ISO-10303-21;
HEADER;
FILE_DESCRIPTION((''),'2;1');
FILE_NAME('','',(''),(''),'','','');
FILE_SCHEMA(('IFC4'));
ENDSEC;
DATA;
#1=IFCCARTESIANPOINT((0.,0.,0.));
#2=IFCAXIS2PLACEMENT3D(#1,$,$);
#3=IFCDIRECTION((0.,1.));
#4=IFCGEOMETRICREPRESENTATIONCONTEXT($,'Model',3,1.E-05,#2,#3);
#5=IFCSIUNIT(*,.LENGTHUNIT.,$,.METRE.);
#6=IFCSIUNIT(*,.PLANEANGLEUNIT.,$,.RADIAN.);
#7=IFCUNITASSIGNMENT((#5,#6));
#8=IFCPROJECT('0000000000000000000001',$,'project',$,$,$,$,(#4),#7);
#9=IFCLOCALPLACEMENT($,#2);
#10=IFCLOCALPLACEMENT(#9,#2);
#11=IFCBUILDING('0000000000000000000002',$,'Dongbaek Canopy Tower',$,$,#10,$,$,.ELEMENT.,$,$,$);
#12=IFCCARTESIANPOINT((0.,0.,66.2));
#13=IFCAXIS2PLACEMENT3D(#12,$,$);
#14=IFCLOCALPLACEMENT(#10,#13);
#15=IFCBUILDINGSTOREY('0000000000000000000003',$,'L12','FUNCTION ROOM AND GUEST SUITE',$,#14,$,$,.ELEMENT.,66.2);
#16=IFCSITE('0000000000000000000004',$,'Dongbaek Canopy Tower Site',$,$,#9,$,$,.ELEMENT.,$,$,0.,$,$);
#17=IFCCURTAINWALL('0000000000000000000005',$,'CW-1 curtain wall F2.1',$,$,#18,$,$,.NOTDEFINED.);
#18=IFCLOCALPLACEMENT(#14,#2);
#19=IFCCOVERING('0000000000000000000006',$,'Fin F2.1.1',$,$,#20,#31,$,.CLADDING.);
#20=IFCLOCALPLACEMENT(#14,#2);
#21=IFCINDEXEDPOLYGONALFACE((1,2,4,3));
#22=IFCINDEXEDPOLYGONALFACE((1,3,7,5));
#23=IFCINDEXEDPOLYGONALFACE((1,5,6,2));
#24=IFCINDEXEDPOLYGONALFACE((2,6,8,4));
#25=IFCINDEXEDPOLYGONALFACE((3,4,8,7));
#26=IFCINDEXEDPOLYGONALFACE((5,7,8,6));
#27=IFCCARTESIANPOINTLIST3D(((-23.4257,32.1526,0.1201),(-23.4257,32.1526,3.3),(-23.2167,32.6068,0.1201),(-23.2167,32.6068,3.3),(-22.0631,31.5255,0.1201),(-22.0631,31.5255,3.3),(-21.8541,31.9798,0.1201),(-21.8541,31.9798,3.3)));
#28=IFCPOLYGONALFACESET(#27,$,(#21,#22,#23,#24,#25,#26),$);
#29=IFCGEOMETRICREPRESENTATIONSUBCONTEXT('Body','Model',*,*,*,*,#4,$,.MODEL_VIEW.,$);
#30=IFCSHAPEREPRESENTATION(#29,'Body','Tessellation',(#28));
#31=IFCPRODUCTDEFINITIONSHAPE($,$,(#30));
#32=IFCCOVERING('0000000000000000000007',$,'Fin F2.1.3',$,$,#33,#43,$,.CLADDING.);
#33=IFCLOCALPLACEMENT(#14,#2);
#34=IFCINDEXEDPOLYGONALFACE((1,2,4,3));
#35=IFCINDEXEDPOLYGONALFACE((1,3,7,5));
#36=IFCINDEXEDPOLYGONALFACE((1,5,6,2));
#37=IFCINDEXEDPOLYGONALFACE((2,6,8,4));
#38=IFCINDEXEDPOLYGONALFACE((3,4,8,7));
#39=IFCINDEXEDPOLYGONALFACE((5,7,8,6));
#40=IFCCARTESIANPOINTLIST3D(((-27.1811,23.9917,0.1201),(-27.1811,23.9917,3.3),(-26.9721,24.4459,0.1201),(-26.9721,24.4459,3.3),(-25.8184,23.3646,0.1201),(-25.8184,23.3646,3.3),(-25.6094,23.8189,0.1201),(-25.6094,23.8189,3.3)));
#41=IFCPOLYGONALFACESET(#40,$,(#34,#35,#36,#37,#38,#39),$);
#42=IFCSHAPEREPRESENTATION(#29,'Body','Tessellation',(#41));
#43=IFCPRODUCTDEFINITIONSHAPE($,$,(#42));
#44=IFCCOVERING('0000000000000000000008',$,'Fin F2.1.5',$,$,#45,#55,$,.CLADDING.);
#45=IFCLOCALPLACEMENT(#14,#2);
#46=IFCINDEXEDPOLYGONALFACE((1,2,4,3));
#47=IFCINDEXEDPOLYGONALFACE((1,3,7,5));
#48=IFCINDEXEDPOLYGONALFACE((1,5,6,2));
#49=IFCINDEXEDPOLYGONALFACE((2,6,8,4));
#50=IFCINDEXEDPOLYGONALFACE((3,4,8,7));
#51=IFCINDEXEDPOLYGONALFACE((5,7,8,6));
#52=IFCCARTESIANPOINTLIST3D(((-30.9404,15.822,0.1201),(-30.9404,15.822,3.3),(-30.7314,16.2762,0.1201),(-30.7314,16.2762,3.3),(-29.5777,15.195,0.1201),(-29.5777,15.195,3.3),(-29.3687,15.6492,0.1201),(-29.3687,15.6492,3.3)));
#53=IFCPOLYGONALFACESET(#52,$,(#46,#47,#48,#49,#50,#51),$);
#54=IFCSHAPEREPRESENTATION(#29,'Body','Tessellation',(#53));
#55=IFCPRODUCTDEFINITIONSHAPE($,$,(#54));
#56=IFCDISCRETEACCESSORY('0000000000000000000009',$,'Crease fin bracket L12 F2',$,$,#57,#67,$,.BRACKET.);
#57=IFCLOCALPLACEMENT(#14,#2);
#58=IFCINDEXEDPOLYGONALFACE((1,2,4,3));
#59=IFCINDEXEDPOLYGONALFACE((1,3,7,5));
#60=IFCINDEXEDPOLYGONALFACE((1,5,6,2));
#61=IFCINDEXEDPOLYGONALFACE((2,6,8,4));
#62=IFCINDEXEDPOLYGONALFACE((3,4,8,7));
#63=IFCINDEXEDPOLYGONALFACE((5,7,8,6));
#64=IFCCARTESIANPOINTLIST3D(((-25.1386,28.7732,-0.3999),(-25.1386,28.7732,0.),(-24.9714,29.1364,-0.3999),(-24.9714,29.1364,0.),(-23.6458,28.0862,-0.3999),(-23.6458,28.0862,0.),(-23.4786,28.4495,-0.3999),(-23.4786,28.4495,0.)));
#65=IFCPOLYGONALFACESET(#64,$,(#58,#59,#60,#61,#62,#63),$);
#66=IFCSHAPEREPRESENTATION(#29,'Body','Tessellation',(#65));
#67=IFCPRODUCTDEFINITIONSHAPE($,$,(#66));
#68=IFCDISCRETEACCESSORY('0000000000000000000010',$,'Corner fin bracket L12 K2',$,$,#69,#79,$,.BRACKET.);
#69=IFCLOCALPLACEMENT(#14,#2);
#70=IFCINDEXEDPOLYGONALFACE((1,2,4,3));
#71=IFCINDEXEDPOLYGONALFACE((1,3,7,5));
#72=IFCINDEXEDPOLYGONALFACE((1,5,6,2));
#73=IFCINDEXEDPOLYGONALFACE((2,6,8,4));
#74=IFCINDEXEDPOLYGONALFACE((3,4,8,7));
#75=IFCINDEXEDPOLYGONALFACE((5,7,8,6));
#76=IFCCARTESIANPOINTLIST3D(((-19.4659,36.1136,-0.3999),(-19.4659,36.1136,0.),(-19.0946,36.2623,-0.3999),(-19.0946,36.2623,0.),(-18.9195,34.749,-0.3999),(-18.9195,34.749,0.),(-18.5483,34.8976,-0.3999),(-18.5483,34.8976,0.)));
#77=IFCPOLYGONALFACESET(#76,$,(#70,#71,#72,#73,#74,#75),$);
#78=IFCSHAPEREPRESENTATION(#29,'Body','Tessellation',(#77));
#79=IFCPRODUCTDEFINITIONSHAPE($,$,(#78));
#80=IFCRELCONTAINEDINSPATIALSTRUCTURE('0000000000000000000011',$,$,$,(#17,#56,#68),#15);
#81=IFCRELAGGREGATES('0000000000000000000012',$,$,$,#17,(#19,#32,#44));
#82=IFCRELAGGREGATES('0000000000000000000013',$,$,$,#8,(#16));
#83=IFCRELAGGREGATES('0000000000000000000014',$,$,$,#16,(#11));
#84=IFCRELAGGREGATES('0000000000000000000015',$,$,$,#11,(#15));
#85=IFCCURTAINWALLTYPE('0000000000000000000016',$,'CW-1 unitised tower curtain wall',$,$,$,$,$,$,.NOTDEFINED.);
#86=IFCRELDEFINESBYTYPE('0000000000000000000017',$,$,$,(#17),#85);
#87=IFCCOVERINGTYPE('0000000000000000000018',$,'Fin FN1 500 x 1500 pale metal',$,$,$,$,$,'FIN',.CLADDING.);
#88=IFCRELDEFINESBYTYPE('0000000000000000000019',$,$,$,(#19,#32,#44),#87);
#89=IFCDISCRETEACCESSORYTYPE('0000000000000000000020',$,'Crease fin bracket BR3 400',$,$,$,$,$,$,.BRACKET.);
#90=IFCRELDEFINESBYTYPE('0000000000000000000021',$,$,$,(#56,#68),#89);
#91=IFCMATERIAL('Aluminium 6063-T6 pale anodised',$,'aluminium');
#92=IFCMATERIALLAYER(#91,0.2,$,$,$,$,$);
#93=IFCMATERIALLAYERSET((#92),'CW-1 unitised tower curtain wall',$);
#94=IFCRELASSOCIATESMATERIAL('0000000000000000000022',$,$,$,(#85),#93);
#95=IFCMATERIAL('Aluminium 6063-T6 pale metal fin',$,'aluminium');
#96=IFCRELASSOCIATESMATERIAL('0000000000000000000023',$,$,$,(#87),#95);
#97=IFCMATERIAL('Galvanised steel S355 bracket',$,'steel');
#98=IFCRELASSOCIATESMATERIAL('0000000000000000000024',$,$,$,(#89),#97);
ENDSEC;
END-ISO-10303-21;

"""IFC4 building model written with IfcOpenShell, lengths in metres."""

from ifc_helpers import new_model, si_unit, direction, frame, origin, origin_2d, place, context, subcontext, project, spatial, rectangle, extrude, material, layer, layer_set, material_profile, profile_set, type_object, element, aggregate, save


model = new_model("IFC4")

# Units and contexts
model_context = context("Model", 3, precision=1e-05, world=origin(), true_north=direction((0.0, 1.0)))
body_context = subcontext(model_context, "Body", "Model", "MODEL_VIEW")
ifc_project = project(units=[si_unit("LENGTHUNIT", "METRE"), si_unit("PLANEANGLEUNIT", "RADIAN")], contexts=[model_context])

# Site, building, storey
site_placement = place(None, origin())
site = spatial("IfcSite", under=ifc_project, at=site_placement, Name="Dongbaek Canopy Tower Site", CompositionType="ELEMENT", RefElevation=0.0)
building_placement = place(site_placement, origin())
building = spatial("IfcBuilding", under=site, at=building_placement, Name="Dongbaek Canopy Tower", CompositionType="ELEMENT")
storey_placement = place(building_placement, frame((0.0, 0.0, 66.2)))
storey = spatial("IfcBuildingStorey", under=building, at=storey_placement, Name="L12", Description="FUNCTION ROOM AND GUEST SUITE", CompositionType="ELEMENT", Elevation=66.2)

# Curtain wall
ifc_material_1 = material(Name="Aluminium 6063-T6 pale anodised", Category="aluminium")
ifc_layer_1 = layer(ifc_material_1, 0.2)
ifc_layer_set_1 = layer_set([ifc_layer_1], Name="CW-1 unitised tower curtain wall")
curtain_wall_type = type_object("IfcCurtainWallType", Name="CW-1 unitised tower curtain wall", PredefinedType="NOTDEFINED", material=ifc_layer_set_1)
curtain_wall_1_placement = place(storey_placement, origin())
curtain_wall_1 = element("IfcCurtainWall", 1, at=curtain_wall_1_placement, inside=storey, type_object=curtain_wall_type, Name="CW-1 curtain wall F2.1", PredefinedType="NOTDEFINED")

# Coverings
ifc_material_2 = material(Name="Aluminium 6063-T6 pale metal fin", Category="aluminium")
ifc_material_profile_1 = material_profile(ifc_material_2, rectangle(XDim=1.5, YDim=0.5, at=origin_2d()), Name="Fin FN1 500 x 1500 pale metal")
ifc_profile_set_1 = profile_set([ifc_material_profile_1], Name="Aluminium 6063-T6 pale metal fin")
covering_type_1 = type_object("IfcCoveringType", Name="Fin FN1 500 x 1500 pale metal", ElementType="FIN", PredefinedType="CLADDING", material=ifc_profile_set_1)
covering_1_placement = place(storey_placement, frame((-22.6399, 32.0662, 0.1201), z_axis=(0.0, 0.0, 1.0), x_axis=(-0.908436, 0.418025, 0.0)))
covering_1 = element("IfcCovering", 2, at=covering_1_placement, type_object=covering_type_1, Name="Fin F2.1.1", PredefinedType="CLADDING", context=body_context, shape_type="SweptSolid", body=[
    extrude(rectangle(XDim=1.5, YDim=0.5, at=origin_2d()), origin(), (0.0, 0.0, 1.0), 3.1799),
])
covering_2_placement = place(storey_placement, frame((-26.3953, 23.9053, 0.1201), z_axis=(0.0, 0.0, 1.0), x_axis=(-0.908436, 0.418025, 0.0)))
covering_2 = element("IfcCovering", 3, at=covering_2_placement, type_object=covering_type_1, Name="Fin F2.1.3", PredefinedType="CLADDING", context=body_context, shape_type="SweptSolid", body=[
    extrude(rectangle(XDim=1.5, YDim=0.5, at=origin_2d()), origin(), (0.0, 0.0, 1.0), 3.1799),
])
covering_3_placement = place(storey_placement, frame((-30.1545, 15.7356, 0.1201), z_axis=(0.0, 0.0, 1.0), x_axis=(-0.908436, 0.418025, 0.0)))
covering_3 = element("IfcCovering", 4, at=covering_3_placement, type_object=covering_type_1, Name="Fin F2.1.5", PredefinedType="CLADDING", context=body_context, shape_type="SweptSolid", body=[
    extrude(rectangle(XDim=1.5, YDim=0.5, at=origin_2d()), origin(), (0.0, 0.0, 1.0), 3.1799),
])
aggregate(curtain_wall_1, [covering_1, covering_2, covering_3])

# Discrete accessories
ifc_material_3 = material(Name="Galvanised steel S355 bracket", Category="steel")
discrete_accessory_type = type_object("IfcDiscreteAccessoryType", Name="Crease fin bracket BR3 400", PredefinedType="BRACKET", material=ifc_material_3)
discrete_accessory_1_placement = place(storey_placement, frame((-24.3086, 28.6113, -0.3999), z_axis=(0.0, 0.0, 1.0), x_axis=(-0.908436, 0.418024, 0.0)))
element("IfcDiscreteAccessory", 5, at=discrete_accessory_1_placement, inside=storey, type_object=discrete_accessory_type, Name="Crease fin bracket L12 F2", PredefinedType="BRACKET", context=body_context, shape_type="SweptSolid", body=[
    extrude(rectangle(XDim=1.6433, YDim=0.3999, at=origin_2d()), origin(), (0.0, 0.0, 1.0), 0.3999),
])
discrete_accessory_2_placement = place(storey_placement, frame((-19.0071, 35.5056, -0.3999), z_axis=(0.0, 0.0, 1.0), x_axis=(-0.371661, 0.928368, 0.0)))
element("IfcDiscreteAccessory", 6, at=discrete_accessory_2_placement, inside=storey, type_object=discrete_accessory_type, Name="Corner fin bracket L12 K2", PredefinedType="BRACKET", context=body_context, shape_type="SweptSolid", body=[
    extrude(rectangle(XDim=1.47, YDim=0.3999, at=origin_2d()), origin(), (0.0, 0.0, 1.0), 0.3999),
])

save(model, "model.ifc")
